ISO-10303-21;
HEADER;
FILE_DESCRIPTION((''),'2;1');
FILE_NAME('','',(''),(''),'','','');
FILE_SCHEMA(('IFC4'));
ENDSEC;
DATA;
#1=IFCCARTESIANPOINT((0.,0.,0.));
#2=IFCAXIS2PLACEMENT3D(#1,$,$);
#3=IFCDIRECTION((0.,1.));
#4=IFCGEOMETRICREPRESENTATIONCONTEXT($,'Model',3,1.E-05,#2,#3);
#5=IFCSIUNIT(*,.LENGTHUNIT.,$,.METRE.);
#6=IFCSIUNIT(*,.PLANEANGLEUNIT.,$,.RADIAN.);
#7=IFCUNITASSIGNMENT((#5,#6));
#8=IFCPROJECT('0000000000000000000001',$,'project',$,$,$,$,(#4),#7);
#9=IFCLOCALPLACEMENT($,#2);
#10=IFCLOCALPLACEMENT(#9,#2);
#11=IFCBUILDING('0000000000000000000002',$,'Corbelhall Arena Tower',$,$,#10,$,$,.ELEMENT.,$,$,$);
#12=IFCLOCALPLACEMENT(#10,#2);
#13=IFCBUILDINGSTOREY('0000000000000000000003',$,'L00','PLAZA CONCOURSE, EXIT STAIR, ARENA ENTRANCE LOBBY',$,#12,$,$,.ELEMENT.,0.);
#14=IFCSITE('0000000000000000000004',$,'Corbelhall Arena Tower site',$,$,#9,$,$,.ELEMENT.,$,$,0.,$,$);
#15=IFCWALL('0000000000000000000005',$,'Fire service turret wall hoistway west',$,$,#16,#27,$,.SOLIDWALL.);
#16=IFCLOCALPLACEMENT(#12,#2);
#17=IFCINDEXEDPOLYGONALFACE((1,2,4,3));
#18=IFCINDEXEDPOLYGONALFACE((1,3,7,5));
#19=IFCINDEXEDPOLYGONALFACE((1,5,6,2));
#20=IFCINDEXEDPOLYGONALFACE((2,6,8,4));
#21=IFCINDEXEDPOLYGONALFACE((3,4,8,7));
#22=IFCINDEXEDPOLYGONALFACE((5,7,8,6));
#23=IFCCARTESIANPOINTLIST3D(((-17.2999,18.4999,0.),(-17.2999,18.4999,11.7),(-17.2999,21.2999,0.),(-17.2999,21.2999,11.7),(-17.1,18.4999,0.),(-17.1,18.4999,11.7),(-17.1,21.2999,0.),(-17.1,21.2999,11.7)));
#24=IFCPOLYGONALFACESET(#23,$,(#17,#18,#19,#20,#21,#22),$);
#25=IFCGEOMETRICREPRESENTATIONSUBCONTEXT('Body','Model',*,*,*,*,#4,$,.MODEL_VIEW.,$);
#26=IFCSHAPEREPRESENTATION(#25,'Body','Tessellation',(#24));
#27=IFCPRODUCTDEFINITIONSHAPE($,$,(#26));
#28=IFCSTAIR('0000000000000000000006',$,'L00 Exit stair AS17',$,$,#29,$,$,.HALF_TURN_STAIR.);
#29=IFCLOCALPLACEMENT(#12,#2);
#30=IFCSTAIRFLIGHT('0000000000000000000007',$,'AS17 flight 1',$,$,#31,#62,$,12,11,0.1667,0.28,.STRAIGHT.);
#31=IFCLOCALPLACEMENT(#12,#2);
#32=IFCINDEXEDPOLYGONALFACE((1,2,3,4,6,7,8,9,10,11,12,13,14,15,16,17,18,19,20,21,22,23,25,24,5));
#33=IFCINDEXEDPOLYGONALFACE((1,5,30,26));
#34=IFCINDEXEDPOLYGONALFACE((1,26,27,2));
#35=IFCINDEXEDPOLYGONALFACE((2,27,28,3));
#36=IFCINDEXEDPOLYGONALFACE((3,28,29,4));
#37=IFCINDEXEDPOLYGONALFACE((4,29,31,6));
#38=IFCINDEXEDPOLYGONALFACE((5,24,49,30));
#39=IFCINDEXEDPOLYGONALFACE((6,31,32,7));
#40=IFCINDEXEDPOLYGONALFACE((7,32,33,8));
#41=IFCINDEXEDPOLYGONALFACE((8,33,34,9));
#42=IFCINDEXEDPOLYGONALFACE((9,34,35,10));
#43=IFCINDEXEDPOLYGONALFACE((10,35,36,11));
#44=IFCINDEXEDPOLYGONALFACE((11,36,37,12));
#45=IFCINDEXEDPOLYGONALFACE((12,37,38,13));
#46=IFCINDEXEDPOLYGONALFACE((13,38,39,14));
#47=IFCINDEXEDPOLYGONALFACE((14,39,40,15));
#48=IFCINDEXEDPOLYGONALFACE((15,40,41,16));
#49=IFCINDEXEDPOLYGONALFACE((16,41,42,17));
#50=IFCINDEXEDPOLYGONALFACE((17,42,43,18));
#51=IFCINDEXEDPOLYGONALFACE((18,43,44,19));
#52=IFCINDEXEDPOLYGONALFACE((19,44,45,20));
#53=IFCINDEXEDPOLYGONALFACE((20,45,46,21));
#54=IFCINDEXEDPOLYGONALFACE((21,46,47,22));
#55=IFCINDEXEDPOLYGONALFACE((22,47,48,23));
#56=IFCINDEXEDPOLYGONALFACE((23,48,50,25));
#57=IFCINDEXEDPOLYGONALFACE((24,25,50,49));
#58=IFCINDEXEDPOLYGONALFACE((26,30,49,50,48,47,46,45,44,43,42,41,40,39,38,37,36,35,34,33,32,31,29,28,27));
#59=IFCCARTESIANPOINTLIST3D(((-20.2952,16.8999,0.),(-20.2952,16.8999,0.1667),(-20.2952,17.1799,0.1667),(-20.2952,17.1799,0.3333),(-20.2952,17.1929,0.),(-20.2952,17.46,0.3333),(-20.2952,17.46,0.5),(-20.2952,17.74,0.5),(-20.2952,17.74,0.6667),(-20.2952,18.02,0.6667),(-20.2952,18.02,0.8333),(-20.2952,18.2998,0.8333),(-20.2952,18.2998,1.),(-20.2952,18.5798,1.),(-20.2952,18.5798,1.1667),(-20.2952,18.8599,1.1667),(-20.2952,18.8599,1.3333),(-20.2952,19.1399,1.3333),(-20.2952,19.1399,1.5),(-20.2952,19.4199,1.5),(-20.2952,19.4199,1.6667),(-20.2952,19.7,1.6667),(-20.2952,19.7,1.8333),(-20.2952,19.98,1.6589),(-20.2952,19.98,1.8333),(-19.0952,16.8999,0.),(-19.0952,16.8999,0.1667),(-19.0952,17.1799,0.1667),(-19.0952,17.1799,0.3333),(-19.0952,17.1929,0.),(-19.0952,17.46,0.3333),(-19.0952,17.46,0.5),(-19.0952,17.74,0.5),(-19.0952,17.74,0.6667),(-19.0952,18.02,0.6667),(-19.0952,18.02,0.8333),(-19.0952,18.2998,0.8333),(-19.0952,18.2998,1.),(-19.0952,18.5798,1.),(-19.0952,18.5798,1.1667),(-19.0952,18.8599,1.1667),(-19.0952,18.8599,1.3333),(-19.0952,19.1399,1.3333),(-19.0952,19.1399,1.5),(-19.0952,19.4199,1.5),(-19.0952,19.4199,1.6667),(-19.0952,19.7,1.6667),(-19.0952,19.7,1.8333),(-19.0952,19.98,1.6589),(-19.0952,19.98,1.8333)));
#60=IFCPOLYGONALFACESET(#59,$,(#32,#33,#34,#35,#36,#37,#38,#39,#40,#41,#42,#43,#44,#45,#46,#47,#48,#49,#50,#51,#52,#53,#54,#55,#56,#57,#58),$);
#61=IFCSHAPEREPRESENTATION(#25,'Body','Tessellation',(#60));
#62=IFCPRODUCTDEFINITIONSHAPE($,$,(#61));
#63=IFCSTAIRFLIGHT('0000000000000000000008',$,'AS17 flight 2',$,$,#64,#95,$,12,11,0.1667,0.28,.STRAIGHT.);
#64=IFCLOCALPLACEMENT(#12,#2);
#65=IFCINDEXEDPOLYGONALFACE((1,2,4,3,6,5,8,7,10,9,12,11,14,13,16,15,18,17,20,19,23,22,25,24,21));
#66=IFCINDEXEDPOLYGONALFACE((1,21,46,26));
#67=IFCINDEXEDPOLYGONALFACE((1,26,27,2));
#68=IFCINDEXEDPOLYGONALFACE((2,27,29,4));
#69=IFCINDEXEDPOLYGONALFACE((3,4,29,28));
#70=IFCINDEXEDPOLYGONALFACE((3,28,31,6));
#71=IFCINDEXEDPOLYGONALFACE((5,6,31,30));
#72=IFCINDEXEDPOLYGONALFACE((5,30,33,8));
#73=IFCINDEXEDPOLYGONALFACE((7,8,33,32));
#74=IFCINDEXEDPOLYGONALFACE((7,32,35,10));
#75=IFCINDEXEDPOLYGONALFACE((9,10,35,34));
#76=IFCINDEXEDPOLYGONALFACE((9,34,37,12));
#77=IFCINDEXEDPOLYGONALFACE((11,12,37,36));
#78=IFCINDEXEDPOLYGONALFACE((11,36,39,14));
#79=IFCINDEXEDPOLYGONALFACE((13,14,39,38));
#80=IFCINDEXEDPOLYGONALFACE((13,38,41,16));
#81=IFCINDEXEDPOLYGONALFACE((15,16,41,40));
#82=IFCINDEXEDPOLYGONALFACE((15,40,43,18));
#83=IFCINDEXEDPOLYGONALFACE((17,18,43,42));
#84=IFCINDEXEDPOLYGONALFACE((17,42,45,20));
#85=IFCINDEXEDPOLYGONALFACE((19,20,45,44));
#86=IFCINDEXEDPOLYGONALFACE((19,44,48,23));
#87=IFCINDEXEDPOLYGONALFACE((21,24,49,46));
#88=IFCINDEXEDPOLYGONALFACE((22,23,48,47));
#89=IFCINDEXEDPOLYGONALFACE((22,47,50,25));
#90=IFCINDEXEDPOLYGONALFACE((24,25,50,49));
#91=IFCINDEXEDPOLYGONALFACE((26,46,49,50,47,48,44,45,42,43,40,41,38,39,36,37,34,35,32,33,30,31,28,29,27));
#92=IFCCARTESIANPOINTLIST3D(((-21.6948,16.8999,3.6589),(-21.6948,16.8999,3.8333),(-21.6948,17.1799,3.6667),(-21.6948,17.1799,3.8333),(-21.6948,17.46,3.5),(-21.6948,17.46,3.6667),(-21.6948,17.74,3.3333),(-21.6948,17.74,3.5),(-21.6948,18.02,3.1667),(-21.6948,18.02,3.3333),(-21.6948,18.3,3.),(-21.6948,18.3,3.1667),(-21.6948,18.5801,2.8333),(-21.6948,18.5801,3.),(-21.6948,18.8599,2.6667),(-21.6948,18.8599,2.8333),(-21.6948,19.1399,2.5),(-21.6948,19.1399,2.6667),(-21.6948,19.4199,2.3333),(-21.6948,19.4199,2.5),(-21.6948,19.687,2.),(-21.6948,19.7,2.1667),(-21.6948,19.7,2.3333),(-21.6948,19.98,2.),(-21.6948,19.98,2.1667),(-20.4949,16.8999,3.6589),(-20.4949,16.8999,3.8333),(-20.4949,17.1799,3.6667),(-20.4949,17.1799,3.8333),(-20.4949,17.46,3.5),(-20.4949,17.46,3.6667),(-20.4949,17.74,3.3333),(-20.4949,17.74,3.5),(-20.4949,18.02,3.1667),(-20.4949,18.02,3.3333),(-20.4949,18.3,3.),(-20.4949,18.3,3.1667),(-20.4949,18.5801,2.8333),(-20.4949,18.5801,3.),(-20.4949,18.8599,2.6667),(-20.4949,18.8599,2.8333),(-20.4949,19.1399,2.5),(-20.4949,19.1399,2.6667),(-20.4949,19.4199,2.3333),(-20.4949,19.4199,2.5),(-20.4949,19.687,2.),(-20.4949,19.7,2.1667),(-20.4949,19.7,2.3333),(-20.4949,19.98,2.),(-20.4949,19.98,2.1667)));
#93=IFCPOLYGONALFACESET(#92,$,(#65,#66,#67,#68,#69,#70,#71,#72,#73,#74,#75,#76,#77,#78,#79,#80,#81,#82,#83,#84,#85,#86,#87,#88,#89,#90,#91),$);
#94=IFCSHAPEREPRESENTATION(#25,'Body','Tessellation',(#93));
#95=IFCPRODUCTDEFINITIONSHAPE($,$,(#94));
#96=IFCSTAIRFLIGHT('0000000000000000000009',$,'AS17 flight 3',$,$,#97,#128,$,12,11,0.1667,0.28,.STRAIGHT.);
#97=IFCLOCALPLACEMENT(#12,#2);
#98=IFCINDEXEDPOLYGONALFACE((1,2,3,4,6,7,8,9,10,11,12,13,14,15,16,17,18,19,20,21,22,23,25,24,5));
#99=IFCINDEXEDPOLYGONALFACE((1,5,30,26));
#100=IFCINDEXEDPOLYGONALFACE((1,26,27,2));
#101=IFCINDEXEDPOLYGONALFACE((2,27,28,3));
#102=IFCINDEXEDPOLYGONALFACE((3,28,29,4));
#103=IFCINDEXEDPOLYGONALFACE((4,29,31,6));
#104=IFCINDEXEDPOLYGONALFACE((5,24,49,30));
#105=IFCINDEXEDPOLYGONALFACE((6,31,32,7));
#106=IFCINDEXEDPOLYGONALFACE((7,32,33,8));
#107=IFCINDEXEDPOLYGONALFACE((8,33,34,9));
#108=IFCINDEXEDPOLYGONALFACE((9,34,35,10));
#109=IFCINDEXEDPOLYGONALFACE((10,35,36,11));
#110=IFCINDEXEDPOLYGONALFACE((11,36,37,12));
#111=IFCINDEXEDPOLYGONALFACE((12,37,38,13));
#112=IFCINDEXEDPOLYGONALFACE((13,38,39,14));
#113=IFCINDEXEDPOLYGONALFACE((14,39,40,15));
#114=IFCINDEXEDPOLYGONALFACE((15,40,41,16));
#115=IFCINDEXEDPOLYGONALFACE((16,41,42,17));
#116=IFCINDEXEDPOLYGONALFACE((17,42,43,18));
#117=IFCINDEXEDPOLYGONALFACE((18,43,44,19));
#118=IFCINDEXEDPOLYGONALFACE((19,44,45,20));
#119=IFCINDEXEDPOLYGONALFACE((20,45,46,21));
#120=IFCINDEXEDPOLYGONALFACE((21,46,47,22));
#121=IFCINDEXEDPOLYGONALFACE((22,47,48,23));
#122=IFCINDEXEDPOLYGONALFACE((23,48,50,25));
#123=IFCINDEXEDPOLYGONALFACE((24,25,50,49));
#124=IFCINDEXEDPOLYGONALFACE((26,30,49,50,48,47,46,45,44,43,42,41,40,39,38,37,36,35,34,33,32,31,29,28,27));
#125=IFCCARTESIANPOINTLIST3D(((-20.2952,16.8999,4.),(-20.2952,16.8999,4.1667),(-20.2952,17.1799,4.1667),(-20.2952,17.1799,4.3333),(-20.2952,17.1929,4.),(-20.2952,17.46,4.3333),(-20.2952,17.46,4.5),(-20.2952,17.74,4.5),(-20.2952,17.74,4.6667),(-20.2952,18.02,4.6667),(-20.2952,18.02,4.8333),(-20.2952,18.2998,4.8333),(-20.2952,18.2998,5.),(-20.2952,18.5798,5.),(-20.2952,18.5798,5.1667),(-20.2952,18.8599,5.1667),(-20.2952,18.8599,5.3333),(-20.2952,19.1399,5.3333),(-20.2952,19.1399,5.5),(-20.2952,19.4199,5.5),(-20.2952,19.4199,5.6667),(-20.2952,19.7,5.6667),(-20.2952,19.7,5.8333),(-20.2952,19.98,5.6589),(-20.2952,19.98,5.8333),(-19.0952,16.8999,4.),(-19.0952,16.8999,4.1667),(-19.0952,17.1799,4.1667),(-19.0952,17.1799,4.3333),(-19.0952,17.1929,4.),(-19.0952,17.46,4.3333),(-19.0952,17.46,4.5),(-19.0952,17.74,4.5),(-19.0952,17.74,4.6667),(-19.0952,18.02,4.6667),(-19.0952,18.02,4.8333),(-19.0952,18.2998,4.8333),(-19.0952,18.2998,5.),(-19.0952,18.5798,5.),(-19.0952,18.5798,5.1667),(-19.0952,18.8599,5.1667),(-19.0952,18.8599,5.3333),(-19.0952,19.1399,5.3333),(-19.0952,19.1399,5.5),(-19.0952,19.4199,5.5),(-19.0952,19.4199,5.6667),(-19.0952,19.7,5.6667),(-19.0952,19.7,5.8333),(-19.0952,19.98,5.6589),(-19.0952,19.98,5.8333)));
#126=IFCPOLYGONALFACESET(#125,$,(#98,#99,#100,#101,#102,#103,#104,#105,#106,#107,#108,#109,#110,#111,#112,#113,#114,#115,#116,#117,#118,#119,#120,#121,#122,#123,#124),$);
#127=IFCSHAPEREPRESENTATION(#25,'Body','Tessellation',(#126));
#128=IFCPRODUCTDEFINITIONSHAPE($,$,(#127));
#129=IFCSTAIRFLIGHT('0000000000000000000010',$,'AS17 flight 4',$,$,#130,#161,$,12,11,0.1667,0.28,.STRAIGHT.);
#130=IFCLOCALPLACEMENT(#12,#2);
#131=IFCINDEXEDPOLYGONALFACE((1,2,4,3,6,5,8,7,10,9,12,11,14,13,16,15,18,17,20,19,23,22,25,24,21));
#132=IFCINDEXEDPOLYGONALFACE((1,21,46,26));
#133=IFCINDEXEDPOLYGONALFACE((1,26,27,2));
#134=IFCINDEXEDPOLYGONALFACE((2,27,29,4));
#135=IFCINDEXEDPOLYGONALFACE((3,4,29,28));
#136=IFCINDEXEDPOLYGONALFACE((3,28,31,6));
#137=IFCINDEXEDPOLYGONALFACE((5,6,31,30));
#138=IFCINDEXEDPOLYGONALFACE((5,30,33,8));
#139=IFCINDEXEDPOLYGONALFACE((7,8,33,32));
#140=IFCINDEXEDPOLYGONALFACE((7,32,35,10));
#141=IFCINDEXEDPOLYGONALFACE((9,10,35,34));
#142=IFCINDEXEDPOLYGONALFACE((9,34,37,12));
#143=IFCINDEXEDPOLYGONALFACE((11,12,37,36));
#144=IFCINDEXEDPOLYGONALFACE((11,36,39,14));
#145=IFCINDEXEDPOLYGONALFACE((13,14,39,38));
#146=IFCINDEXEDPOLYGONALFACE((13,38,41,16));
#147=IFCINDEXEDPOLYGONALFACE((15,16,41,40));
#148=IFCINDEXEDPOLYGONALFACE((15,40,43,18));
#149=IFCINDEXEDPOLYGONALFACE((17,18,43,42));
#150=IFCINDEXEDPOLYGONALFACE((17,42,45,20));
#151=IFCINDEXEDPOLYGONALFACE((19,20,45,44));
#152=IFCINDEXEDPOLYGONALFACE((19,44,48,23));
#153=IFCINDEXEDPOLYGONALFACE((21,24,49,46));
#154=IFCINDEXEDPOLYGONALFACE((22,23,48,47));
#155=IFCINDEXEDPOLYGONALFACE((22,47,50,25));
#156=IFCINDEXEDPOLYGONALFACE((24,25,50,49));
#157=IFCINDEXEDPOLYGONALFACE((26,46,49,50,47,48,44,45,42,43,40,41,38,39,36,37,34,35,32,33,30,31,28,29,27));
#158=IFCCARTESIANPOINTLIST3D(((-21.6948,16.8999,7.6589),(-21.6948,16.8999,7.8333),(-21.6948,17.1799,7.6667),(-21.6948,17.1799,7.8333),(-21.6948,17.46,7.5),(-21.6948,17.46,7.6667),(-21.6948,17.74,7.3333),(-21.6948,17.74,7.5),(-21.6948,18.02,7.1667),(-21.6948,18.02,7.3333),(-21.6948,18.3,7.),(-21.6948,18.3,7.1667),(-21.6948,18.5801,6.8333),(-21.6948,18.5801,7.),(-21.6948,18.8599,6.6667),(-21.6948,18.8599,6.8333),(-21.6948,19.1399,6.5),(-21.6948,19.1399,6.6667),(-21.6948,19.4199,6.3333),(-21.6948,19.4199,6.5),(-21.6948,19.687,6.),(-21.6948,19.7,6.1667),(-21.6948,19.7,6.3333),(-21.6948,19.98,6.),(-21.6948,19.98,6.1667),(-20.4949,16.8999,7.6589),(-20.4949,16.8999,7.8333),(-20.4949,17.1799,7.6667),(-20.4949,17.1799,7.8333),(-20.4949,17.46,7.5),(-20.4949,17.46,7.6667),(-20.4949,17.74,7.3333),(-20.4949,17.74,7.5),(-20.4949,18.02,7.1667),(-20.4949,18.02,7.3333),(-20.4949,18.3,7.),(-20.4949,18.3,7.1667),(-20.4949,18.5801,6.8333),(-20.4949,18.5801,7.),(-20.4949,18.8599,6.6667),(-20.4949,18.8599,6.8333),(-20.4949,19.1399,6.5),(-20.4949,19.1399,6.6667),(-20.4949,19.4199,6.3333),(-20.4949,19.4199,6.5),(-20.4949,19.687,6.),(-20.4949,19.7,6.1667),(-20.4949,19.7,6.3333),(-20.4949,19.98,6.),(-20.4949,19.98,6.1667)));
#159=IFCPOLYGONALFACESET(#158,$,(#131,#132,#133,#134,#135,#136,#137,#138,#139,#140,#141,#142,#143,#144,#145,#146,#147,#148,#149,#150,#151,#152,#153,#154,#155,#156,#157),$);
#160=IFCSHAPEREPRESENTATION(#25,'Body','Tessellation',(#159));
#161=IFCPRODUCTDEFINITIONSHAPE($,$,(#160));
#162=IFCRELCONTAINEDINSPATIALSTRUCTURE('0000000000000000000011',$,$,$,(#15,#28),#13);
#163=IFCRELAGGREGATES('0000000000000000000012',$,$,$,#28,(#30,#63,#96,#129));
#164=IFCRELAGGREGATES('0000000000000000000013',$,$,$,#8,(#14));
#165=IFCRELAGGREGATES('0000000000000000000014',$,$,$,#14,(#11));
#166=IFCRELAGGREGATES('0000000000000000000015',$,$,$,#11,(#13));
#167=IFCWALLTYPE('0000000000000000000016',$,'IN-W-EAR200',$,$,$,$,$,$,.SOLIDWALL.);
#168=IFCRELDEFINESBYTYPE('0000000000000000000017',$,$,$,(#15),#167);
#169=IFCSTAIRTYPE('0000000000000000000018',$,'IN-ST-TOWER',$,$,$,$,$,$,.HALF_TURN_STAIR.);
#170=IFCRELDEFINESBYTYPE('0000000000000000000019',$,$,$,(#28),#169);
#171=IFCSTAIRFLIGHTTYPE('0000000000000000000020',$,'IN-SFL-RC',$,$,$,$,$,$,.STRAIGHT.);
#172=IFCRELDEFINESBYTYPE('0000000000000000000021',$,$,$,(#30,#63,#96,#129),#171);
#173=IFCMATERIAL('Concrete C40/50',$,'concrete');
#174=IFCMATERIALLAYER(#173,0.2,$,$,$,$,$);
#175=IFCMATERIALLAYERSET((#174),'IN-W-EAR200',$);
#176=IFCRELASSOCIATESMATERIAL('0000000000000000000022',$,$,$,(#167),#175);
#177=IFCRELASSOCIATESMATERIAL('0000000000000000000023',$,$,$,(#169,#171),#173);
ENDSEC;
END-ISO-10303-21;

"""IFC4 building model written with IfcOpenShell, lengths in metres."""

from ifc_helpers import new_model, si_unit, direction, frame, frame_2d, origin, place, context, subcontext, project, spatial, polyline, rectangle, outline, extrude, material, layer, layer_set, type_object, element, aggregate, save


model = new_model("IFC4")

# Units and contexts
model_context = context("Model", 3, precision=1e-05, world=origin(), true_north=direction((0.0, 1.0)))
body_context = subcontext(model_context, "Body", "Model", "MODEL_VIEW")
ifc_project = project(units=[si_unit("LENGTHUNIT", "METRE"), si_unit("PLANEANGLEUNIT", "RADIAN")], contexts=[model_context])

# Site, building, storey
site_placement = place(None, origin())
site = spatial("IfcSite", under=ifc_project, at=site_placement, Name="Corbelhall Arena Tower site", CompositionType="ELEMENT", RefElevation=0.0)
building_placement = place(site_placement, origin())
building = spatial("IfcBuilding", under=site, at=building_placement, Name="Corbelhall Arena Tower", CompositionType="ELEMENT")
storey_placement = place(building_placement, origin())
storey = spatial("IfcBuildingStorey", under=building, at=storey_placement, Name="L00", Description="PLAZA CONCOURSE, EXIT STAIR, ARENA ENTRANCE LOBBY", CompositionType="ELEMENT", Elevation=0.0)

# Shared definitions
ifc_material_1 = material(Name="Concrete C40/50", Category="concrete")

# Wall
ifc_layer_1 = layer(ifc_material_1, 0.2)
ifc_layer_set_1 = layer_set([ifc_layer_1], Name="IN-W-EAR200")
wall_type_1 = type_object("IfcWallType", Name="IN-W-EAR200", PredefinedType="SOLIDWALL", material=ifc_layer_set_1)
wall_1_placement = place(storey_placement, frame((-17.2, 18.5, 0.0), z_axis=(0.0, 0.0, 1.0), x_axis=(0.0, 1.0, 0.0)))
element("IfcWall", 1, at=wall_1_placement, inside=storey, type_object=wall_type_1, Name="Fire service turret wall hoistway west", PredefinedType="SOLIDWALL", context=body_context, shape_type="SweptSolid", body=[
    extrude(rectangle(XDim=2.8, YDim=0.2, at=frame_2d((1.3999, 0.0))), origin(), (0.0, 0.0, 1.0), 11.7),
])

# Stair, stair flights
stair_type = type_object("IfcStairType", Name="IN-ST-TOWER", PredefinedType="HALF_TURN_STAIR", material=ifc_material_1)
stair_placement = place(storey_placement, origin())
stair = element("IfcStair", 2, at=stair_placement, inside=storey, type_object=stair_type, Name="L00 Exit stair AS17", PredefinedType="HALF_TURN_STAIR")
stair_flight_type = type_object("IfcStairFlightType", Name="IN-SFL-RC", PredefinedType="STRAIGHT", material=ifc_material_1)
stair_flight_1_placement = place(storey_placement, frame((-19.6951, 16.8999, 0.0), z_axis=(0.0, 0.0, 1.0), x_axis=(0.0, 1.0, 0.0)))
stair_flight_1 = element("IfcStairFlight", 3, at=stair_flight_1_placement, type_object=stair_flight_type, Name="AS17 flight 1", NumberOfRisers=12, NumberOfTreads=11, PredefinedType="STRAIGHT", RiserHeight=0.1667, TreadLength=0.28, context=body_context, shape_type="SweptSolid", body=[
    extrude(outline(polyline([(0.0, 0.0), (0.0, 0.1667), (0.28, 0.1667), (0.28, 0.3333), (0.5601, 0.3333), (0.5601, 0.5), (0.8401, 0.5), (0.8401, 0.6667), (1.1201, 0.6667), (1.1201, 0.8333), (1.3999, 0.8333), (1.3999, 1.0), (1.6799, 1.0), (1.6799, 1.1667), (1.96, 1.1667), (1.96, 1.3333), (2.24, 1.3333), (2.24, 1.5), (2.52, 1.5), (2.52, 1.6667), (2.8, 1.6667), (2.8, 1.8333), (3.0801, 1.8333), (3.0801, 2.0), (3.0801, 1.6589), (0.293, 0.0), (0.0, 0.0)])), frame((0.0, 0.6001, 0.0), z_axis=(0.0, -1.0, 0.0), x_axis=(1.0, 0.0, 0.0)), (0.0, 0.0, 1.0), 1.2),
])
stair_flight_2_placement = place(storey_placement, frame((-21.095, 19.98, 2.0), z_axis=(0.0, 0.0, 1.0), x_axis=(0.0, -1.0, 0.0)))
stair_flight_2 = element("IfcStairFlight", 4, at=stair_flight_2_placement, type_object=stair_flight_type, Name="AS17 flight 2", NumberOfRisers=12, NumberOfTreads=11, PredefinedType="STRAIGHT", RiserHeight=0.1667, TreadLength=0.28, context=body_context, shape_type="SweptSolid", body=[
    extrude(outline(polyline([(0.0, 0.0), (0.0, 0.1667), (0.28, 0.1667), (0.28, 0.3333), (0.5601, 0.3333), (0.5601, 0.5), (0.8401, 0.5), (0.8401, 0.6667), (1.1201, 0.6667), (1.1201, 0.8333), (1.3999, 0.8333), (1.3999, 1.0), (1.6799, 1.0), (1.6799, 1.1667), (1.96, 1.1667), (1.96, 1.3333), (2.24, 1.3333), (2.24, 1.5), (2.52, 1.5), (2.52, 1.6667), (2.8, 1.6667), (2.8, 1.8333), (3.0801, 1.8333), (3.0801, 2.0), (3.0801, 1.6589), (0.293, 0.0), (0.0, 0.0)])), frame((0.0, 0.6001, 0.0), z_axis=(0.0, -1.0, 0.0), x_axis=(1.0, 0.0, 0.0)), (0.0, 0.0, 1.0), 1.2),
])
stair_flight_3_placement = place(storey_placement, frame((-19.6951, 16.8999, 4.0), z_axis=(0.0, 0.0, 1.0), x_axis=(0.0, 1.0, 0.0)))
stair_flight_3 = element("IfcStairFlight", 5, at=stair_flight_3_placement, type_object=stair_flight_type, Name="AS17 flight 3", NumberOfRisers=12, NumberOfTreads=11, PredefinedType="STRAIGHT", RiserHeight=0.1667, TreadLength=0.28, context=body_context, shape_type="SweptSolid", body=[
    extrude(outline(polyline([(0.0, 0.0), (0.0, 0.1667), (0.28, 0.1667), (0.28, 0.3333), (0.5601, 0.3333), (0.5601, 0.5), (0.8401, 0.5), (0.8401, 0.6667), (1.1201, 0.6667), (1.1201, 0.8333), (1.3999, 0.8333), (1.3999, 1.0), (1.6799, 1.0), (1.6799, 1.1667), (1.96, 1.1667), (1.96, 1.3333), (2.24, 1.3333), (2.24, 1.5), (2.52, 1.5), (2.52, 1.6667), (2.8, 1.6667), (2.8, 1.8333), (3.0801, 1.8333), (3.0801, 2.0), (3.0801, 1.6589), (0.293, 0.0), (0.0, 0.0)])), frame((0.0, 0.6001, 0.0), z_axis=(0.0, -1.0, 0.0), x_axis=(1.0, 0.0, 0.0)), (0.0, 0.0, 1.0), 1.2),
])
stair_flight_4_placement = place(storey_placement, frame((-21.095, 19.98, 6.0), z_axis=(0.0, 0.0, 1.0), x_axis=(0.0, -1.0, 0.0)))
stair_flight_4 = element("IfcStairFlight", 6, at=stair_flight_4_placement, type_object=stair_flight_type, Name="AS17 flight 4", NumberOfRisers=12, NumberOfTreads=11, PredefinedType="STRAIGHT", RiserHeight=0.1667, TreadLength=0.28, context=body_context, shape_type="SweptSolid", body=[
    extrude(outline(polyline([(0.0, 0.0), (0.0, 0.1667), (0.28, 0.1667), (0.28, 0.3333), (0.5601, 0.3333), (0.5601, 0.5), (0.8401, 0.5), (0.8401, 0.6667), (1.1201, 0.6667), (1.1201, 0.8333), (1.3999, 0.8333), (1.3999, 1.0), (1.6799, 1.0), (1.6799, 1.1667), (1.96, 1.1667), (1.96, 1.3333), (2.24, 1.3333), (2.24, 1.5), (2.52, 1.5), (2.52, 1.6667), (2.8, 1.6667), (2.8, 1.8333), (3.0801, 1.8333), (3.0801, 2.0), (3.0801, 1.6589), (0.293, 0.0), (0.0, 0.0)])), frame((0.0, 0.6001, 0.0), z_axis=(0.0, -1.0, 0.0), x_axis=(1.0, 0.0, 0.0)), (0.0, 0.0, 1.0), 1.2),
])
aggregate(stair, [stair_flight_1, stair_flight_2, stair_flight_3, stair_flight_4])

save(model, "model.ifc")
